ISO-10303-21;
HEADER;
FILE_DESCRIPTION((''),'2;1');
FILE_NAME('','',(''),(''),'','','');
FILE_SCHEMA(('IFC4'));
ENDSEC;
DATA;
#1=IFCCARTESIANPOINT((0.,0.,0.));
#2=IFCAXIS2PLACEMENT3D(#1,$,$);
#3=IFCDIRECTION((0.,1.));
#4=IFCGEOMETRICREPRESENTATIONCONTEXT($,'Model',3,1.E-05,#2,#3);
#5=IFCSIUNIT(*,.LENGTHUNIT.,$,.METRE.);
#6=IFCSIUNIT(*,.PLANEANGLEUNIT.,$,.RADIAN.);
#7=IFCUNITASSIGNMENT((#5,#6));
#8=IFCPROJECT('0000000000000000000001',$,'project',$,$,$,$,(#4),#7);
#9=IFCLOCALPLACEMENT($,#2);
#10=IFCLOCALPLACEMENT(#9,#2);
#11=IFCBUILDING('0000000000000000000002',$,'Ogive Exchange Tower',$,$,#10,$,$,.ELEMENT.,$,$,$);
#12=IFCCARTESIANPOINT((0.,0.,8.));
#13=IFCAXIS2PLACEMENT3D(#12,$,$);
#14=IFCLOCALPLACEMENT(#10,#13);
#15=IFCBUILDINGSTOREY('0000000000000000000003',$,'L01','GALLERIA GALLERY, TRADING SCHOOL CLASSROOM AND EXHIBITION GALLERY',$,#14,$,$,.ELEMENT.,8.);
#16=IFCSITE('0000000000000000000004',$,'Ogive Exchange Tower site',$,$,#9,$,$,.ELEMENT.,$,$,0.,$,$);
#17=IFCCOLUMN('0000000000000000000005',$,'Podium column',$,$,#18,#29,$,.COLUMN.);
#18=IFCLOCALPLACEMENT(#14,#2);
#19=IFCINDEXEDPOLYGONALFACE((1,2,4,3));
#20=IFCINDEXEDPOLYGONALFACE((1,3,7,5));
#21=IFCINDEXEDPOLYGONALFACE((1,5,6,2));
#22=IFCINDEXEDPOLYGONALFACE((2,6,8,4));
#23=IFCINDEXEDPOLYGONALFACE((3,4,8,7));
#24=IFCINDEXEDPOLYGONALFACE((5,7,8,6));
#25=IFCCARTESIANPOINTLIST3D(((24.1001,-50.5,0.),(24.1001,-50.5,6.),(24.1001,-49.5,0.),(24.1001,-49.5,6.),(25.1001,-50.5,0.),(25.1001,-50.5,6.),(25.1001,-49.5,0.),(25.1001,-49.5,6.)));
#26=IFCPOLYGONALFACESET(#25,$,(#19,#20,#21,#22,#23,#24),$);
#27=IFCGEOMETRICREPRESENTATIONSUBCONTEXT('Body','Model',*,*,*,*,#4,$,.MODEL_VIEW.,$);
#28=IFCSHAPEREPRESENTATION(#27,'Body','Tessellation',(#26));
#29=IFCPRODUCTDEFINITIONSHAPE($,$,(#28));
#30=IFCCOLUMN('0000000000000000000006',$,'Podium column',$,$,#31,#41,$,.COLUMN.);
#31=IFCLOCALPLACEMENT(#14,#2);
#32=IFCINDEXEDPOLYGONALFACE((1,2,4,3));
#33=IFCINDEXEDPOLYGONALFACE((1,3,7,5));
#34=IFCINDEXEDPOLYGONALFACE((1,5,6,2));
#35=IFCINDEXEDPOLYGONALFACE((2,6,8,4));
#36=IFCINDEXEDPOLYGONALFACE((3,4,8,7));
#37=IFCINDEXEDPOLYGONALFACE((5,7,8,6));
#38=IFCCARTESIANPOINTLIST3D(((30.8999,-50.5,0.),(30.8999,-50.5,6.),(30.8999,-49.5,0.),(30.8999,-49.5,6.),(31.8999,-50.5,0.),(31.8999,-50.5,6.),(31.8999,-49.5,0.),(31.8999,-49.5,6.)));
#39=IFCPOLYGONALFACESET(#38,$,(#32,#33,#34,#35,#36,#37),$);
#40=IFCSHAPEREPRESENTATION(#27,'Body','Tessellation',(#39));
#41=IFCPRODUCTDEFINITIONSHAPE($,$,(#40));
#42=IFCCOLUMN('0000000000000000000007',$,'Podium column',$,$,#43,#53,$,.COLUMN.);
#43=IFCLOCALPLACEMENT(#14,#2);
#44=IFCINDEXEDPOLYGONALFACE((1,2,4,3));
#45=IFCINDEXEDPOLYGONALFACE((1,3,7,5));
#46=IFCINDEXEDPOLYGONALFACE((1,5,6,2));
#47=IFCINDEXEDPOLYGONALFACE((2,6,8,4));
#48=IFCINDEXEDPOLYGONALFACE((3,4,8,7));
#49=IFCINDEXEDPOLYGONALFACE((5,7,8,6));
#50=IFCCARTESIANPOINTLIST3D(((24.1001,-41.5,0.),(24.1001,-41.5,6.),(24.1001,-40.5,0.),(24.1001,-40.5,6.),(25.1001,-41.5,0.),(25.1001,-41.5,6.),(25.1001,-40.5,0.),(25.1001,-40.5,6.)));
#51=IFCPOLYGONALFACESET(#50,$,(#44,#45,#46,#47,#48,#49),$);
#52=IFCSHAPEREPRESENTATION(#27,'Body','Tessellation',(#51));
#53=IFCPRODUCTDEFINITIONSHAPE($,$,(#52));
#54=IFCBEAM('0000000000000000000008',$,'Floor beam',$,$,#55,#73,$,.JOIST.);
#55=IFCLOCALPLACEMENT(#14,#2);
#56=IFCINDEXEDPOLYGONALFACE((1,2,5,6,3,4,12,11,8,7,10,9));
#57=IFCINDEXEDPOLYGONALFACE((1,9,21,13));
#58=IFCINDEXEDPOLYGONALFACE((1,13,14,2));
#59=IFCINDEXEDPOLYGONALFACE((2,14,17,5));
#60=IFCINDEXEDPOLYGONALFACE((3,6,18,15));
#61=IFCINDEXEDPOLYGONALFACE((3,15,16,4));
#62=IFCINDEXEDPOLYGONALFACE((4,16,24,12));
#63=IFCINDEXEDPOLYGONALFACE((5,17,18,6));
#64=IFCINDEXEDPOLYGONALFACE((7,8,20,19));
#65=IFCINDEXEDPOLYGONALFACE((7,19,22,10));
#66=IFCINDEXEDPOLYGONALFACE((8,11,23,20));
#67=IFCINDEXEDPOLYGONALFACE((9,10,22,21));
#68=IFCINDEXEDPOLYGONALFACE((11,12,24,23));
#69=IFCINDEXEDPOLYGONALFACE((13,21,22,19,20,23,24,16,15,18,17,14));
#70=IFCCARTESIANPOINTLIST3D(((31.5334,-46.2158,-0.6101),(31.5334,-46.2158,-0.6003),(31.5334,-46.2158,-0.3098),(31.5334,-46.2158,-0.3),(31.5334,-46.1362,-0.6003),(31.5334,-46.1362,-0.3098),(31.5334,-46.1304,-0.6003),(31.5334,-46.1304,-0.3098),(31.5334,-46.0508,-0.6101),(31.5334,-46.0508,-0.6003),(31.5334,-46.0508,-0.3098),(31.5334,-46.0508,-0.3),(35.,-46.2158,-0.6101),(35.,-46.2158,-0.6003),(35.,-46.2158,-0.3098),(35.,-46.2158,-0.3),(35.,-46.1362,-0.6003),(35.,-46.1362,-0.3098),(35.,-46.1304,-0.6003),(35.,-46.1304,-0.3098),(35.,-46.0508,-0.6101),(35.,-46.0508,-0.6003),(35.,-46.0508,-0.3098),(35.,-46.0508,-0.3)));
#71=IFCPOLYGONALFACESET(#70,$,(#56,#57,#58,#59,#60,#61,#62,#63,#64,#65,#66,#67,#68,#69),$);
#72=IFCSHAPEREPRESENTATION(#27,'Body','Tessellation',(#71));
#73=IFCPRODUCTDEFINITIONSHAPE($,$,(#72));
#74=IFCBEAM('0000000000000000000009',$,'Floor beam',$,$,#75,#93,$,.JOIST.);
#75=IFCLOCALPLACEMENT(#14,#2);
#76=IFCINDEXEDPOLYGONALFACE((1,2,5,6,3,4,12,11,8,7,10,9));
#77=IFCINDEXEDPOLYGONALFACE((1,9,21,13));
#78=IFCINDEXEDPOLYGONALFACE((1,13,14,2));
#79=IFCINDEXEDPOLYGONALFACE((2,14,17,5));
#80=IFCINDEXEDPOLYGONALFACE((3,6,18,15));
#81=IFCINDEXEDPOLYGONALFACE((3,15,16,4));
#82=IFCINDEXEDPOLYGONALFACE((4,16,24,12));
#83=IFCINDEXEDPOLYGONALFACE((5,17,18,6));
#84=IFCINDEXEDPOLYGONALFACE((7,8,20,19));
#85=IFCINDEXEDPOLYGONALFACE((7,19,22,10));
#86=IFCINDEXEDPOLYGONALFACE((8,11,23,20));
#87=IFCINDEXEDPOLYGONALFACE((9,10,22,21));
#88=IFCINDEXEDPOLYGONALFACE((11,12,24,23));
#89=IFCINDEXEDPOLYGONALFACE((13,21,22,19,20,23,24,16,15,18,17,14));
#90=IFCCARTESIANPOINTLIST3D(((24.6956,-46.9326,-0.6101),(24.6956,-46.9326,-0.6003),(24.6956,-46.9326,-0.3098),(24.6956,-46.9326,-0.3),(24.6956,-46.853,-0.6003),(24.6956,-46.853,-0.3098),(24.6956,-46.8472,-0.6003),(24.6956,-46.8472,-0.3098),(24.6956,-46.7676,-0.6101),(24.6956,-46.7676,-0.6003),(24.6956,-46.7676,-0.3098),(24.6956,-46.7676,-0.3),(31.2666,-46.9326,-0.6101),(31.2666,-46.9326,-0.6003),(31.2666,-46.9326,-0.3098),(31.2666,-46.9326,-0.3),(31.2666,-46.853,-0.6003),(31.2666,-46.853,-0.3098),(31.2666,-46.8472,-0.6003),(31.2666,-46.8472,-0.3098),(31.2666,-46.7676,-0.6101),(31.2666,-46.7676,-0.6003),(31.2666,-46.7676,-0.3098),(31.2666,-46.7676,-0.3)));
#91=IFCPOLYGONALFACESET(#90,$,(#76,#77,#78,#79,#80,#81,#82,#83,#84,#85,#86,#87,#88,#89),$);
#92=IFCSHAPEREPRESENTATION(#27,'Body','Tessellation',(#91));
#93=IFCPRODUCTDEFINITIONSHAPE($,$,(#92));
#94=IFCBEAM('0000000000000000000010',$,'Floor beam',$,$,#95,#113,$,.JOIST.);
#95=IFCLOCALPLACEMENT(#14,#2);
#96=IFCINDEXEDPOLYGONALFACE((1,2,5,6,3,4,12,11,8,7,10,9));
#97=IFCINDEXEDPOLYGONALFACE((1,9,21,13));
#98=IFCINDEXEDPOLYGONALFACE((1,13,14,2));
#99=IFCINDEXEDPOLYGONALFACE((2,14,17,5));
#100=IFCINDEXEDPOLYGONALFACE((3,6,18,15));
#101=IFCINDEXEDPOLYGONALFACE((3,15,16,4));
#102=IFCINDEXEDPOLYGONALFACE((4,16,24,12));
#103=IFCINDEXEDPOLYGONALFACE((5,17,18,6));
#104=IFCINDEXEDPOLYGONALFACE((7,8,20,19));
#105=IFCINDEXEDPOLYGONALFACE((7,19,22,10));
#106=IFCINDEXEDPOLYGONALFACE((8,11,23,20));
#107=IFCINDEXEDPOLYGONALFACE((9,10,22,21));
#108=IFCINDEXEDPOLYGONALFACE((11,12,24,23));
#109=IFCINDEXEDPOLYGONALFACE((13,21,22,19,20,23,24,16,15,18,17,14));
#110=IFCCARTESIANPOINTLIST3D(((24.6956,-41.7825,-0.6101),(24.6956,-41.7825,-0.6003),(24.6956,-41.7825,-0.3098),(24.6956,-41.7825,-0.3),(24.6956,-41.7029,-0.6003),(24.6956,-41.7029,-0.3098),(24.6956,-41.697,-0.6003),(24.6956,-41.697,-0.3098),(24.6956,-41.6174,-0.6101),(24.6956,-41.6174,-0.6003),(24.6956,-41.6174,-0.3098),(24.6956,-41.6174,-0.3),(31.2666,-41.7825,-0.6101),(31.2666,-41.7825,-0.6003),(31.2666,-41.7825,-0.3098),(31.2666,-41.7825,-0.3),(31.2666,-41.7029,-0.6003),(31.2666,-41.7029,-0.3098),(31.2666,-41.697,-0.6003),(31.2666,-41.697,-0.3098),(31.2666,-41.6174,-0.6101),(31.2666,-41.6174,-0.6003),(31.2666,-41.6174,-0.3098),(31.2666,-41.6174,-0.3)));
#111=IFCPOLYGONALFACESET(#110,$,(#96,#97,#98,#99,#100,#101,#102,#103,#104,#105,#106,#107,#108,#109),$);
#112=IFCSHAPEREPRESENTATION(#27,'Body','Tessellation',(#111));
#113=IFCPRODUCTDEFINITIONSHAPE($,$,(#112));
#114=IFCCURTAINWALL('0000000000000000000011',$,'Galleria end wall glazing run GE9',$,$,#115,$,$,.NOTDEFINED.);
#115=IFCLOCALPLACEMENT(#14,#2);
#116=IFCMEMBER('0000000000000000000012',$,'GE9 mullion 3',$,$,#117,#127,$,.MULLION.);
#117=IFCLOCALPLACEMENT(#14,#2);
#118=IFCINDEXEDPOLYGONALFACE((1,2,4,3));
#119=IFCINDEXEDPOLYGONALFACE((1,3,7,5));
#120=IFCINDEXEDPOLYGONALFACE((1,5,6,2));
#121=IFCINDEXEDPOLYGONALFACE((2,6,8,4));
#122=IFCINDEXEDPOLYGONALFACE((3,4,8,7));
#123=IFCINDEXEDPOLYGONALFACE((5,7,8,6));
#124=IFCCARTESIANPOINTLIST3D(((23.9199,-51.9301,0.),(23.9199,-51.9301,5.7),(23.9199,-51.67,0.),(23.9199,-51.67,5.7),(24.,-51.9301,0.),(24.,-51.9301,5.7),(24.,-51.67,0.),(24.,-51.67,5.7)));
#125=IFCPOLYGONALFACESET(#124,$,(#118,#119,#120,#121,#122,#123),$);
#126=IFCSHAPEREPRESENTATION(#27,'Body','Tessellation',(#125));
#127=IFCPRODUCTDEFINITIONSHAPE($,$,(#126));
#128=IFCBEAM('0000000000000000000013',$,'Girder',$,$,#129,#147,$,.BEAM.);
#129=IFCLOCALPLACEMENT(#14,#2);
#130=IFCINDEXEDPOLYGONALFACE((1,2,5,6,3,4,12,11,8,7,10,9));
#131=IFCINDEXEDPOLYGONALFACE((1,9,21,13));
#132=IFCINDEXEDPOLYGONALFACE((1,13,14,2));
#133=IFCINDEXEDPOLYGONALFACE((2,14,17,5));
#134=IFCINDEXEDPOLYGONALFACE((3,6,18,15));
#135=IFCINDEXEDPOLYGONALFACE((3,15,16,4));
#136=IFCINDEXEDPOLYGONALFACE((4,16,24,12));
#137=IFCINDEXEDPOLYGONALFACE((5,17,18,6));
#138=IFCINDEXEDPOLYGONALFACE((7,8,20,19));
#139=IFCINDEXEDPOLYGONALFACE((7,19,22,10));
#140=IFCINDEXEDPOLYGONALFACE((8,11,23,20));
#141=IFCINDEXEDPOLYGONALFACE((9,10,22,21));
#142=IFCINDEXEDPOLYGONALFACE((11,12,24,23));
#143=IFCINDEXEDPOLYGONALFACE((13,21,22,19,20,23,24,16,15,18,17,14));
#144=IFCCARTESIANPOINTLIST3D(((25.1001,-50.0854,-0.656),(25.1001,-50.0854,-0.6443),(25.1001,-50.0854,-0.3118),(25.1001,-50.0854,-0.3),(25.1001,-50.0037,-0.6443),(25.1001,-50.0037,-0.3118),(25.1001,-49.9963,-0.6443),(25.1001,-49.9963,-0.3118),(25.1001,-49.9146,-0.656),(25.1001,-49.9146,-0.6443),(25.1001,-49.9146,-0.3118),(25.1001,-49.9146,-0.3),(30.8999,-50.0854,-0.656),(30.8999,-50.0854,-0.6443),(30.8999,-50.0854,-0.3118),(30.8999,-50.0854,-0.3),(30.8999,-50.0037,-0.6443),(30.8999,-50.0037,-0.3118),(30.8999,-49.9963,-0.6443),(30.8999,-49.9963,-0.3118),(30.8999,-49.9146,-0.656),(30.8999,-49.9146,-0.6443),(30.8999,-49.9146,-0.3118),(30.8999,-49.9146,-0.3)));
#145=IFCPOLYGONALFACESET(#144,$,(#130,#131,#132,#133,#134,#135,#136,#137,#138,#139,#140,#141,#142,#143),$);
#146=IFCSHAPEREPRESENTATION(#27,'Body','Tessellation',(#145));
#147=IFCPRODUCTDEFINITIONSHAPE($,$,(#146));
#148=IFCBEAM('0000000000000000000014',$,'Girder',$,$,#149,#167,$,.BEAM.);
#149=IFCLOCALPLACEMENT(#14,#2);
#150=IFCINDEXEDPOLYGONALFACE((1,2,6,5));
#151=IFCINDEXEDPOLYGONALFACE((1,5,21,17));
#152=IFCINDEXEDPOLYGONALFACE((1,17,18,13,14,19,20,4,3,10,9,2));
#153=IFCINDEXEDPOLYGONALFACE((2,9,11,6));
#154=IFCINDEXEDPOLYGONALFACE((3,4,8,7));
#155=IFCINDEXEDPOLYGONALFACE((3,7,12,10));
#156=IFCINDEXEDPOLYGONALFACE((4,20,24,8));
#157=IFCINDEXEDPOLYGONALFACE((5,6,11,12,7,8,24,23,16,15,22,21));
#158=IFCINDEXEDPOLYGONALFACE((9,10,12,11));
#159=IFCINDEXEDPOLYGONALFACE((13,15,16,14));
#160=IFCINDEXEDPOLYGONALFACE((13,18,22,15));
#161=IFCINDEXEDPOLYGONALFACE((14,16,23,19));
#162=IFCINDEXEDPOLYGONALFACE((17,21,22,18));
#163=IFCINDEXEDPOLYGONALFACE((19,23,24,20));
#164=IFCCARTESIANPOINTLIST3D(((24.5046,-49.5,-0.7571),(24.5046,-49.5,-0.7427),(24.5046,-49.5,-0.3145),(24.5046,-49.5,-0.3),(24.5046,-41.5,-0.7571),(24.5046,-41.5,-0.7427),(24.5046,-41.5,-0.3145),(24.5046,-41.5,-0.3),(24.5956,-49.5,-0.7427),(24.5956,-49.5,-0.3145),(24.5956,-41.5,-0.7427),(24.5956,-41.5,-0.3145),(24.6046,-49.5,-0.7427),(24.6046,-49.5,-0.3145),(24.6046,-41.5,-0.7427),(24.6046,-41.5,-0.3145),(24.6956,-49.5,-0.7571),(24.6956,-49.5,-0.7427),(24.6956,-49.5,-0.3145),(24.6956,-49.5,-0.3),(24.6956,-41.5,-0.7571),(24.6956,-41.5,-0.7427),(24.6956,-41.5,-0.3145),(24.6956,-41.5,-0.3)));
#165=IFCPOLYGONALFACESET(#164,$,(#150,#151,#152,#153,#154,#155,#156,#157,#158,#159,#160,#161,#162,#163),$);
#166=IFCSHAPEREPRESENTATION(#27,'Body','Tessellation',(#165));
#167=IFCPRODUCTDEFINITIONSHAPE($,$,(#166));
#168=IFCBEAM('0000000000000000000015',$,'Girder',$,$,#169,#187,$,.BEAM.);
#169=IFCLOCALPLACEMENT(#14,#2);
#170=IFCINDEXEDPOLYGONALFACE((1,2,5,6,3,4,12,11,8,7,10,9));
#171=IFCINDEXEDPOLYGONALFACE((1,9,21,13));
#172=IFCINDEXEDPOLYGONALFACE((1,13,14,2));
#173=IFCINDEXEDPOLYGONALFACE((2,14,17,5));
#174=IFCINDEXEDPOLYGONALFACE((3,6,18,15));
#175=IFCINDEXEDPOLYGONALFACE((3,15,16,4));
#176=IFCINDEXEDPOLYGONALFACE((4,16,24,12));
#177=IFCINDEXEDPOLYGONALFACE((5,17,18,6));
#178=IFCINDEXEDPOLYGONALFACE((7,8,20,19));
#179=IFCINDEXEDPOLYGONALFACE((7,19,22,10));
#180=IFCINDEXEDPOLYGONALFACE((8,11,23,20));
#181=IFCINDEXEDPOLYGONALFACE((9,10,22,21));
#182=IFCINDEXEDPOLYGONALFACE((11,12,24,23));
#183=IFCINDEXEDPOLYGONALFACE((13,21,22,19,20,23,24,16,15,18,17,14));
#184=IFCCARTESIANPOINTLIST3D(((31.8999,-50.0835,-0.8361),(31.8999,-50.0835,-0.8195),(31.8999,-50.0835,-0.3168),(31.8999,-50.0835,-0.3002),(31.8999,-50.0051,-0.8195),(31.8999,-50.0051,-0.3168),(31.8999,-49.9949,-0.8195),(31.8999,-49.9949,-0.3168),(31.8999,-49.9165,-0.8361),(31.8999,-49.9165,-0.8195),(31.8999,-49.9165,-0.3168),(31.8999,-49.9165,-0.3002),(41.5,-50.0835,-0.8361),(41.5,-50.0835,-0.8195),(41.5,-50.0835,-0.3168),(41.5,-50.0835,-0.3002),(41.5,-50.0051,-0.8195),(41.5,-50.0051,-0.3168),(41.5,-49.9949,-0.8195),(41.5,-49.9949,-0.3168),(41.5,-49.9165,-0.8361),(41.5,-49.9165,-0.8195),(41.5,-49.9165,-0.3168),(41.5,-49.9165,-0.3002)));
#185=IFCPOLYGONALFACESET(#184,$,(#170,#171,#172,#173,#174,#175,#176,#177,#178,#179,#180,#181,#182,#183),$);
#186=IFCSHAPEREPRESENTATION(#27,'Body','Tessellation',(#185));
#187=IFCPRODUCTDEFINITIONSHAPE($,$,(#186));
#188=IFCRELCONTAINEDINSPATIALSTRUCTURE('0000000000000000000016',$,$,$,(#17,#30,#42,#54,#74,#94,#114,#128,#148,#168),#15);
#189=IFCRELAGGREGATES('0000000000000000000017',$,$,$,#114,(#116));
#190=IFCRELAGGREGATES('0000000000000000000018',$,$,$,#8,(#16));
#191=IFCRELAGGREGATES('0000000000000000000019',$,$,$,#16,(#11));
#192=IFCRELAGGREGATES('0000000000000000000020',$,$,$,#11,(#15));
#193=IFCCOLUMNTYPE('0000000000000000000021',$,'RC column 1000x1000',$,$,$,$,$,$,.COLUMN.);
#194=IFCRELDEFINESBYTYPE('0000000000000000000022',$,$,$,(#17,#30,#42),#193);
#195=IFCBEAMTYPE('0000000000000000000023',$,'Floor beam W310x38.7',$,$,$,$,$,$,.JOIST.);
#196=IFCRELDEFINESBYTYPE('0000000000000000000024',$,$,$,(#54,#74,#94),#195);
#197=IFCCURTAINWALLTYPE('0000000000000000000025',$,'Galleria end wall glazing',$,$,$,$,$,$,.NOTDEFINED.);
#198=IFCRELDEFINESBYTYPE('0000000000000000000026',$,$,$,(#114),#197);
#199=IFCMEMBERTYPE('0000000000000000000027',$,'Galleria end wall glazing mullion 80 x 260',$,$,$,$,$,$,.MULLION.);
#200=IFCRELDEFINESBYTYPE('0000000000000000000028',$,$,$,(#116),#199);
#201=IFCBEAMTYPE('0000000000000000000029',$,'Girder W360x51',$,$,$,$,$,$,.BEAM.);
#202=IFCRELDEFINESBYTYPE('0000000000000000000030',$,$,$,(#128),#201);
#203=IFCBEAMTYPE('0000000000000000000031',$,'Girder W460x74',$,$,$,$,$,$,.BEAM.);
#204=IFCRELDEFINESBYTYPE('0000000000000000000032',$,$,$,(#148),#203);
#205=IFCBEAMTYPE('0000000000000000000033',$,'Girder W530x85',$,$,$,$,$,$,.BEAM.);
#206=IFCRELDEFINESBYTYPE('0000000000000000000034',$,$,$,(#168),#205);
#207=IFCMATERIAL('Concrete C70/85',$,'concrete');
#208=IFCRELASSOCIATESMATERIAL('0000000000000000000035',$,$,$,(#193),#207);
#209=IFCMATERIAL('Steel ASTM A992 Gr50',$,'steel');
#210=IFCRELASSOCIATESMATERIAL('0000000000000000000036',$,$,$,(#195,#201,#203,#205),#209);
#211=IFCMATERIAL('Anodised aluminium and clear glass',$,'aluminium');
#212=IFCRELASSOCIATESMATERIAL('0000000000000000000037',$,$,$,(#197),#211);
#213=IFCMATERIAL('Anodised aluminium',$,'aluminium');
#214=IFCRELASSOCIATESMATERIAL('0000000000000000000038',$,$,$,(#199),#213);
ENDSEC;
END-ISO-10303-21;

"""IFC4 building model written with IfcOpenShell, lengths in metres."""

from ifc_helpers import new_model, si_unit, direction, frame, origin, origin_2d, place, context, subcontext, project, spatial, rectangle, i_section, extrude, material, material_profile, profile_set, type_object, element, aggregate, save


model = new_model("IFC4")

# Units and contexts
model_context = context("Model", 3, precision=1e-05, world=origin(), true_north=direction((0.0, 1.0)))
body_context = subcontext(model_context, "Body", "Model", "MODEL_VIEW")
ifc_project = project(units=[si_unit("LENGTHUNIT", "METRE"), si_unit("PLANEANGLEUNIT", "RADIAN")], contexts=[model_context])

# Site, building, storey
site_placement = place(None, origin())
site = spatial("IfcSite", under=ifc_project, at=site_placement, Name="Ogive Exchange Tower site", CompositionType="ELEMENT", RefElevation=0.0)
building_placement = place(site_placement, origin())
building = spatial("IfcBuilding", under=site, at=building_placement, Name="Ogive Exchange Tower", CompositionType="ELEMENT")
storey_placement = place(building_placement, frame((0.0, 0.0, 8.0)))
storey = spatial("IfcBuildingStorey", under=building, at=storey_placement, Name="L01", Description="GALLERIA GALLERY, TRADING SCHOOL CLASSROOM AND EXHIBITION GALLERY", CompositionType="ELEMENT", Elevation=8.0)

# Columns
ifc_material_1 = material(Name="Concrete C70/85", Category="concrete")
ifc_material_profile_1 = material_profile(ifc_material_1, rectangle(XDim=1.0, YDim=1.0, at=origin_2d()), Name="RC 1000x1000")
ifc_profile_set_1 = profile_set([ifc_material_profile_1], Name="Concrete C70/85")
column_type = type_object("IfcColumnType", Name="RC column 1000x1000", PredefinedType="COLUMN", material=ifc_profile_set_1)
for number, where, z_axis, x_axis, name in (
    (1, (24.6001, -50.0, 0.0), (0.0, 0.0, 1.0), (1.0, 0.0, 0.0), "Podium column"),
    (2, (31.3999, -50.0, 0.0), (0.0, 0.0, 1.0), (1.0, 0.0, 0.0), "Podium column"),
    (3, (24.6001, -41.0, 0.0), (0.0, 0.0, 1.0), (1.0, 0.0, 0.0), "Podium column"),
):
    element("IfcColumn", number, at=place(storey_placement, frame(where, z_axis=z_axis, x_axis=x_axis)), inside=storey, type_object=column_type, Name=name, PredefinedType="COLUMN", context=body_context, shape_type="SweptSolid", body=[
        extrude(rectangle(XDim=1.0, YDim=1.0, at=origin_2d()), origin(), (0.0, 0.0, 1.0), 6.0),
    ])

# Beams
ifc_material_2 = material(Name="Steel ASTM A992 Gr50", Category="steel")
ifc_material_profile_2 = material_profile(ifc_material_2, i_section(OverallWidth=0.165, OverallDepth=0.3101, WebThickness=0.0059, FlangeThickness=0.0098, at=origin_2d()), Name="W310x38.7")
ifc_profile_set_2 = profile_set([ifc_material_profile_2], Name="Steel ASTM A992 Gr50")
beam_type_1 = type_object("IfcBeamType", Name="Floor beam W310x38.7", PredefinedType="JOIST", material=ifc_profile_set_2)
beam_1_placement = place(storey_placement, frame((31.5334, -46.1333, -0.4551), z_axis=(1.0, 0.0, 0.0), x_axis=(0.0, 1.0, 0.0)))
element("IfcBeam", 4, at=beam_1_placement, inside=storey, type_object=beam_type_1, Name="Floor beam", PredefinedType="JOIST", context=body_context, shape_type="SweptSolid", body=[
    extrude(i_section(OverallWidth=0.165, OverallDepth=0.3101, WebThickness=0.0059, FlangeThickness=0.0098, at=origin_2d()), origin(), (0.0, 0.0, 1.0), 3.4666),
])
for number, where, z_axis, x_axis, name in (
    (5, (24.6956, -46.8501, -0.4551), (1.0, 0.0, 0.0), (0.0, 1.0, 0.0), "Floor beam"),
    (6, (24.6956, -41.7, -0.4551), (1.0, 0.0, 0.0), (0.0, 1.0, 0.0), "Floor beam"),
):
    element("IfcBeam", number, at=place(storey_placement, frame(where, z_axis=z_axis, x_axis=x_axis)), inside=storey, type_object=beam_type_1, Name=name, PredefinedType="JOIST", context=body_context, shape_type="SweptSolid", body=[
        extrude(i_section(OverallWidth=0.165, OverallDepth=0.3101, WebThickness=0.0059, FlangeThickness=0.0098, at=origin_2d()), origin(), (0.0, 0.0, 1.0), 6.571),
    ])

# Curtain wall, member
ifc_material_3 = material(Name="Anodised aluminium and clear glass", Category="aluminium")
curtain_wall_type = type_object("IfcCurtainWallType", Name="Galleria end wall glazing", PredefinedType="NOTDEFINED", material=ifc_material_3)
curtain_wall_placement = place(storey_placement, origin())
curtain_wall = element("IfcCurtainWall", 7, at=curtain_wall_placement, inside=storey, type_object=curtain_wall_type, Name="Galleria end wall glazing run GE9", PredefinedType="NOTDEFINED")
ifc_material_4 = material(Name="Anodised aluminium", Category="aluminium")
ifc_material_profile_3 = material_profile(ifc_material_4, rectangle(XDim=0.26, YDim=0.0801, at=origin_2d()), Name="AL 80x260")
ifc_profile_set_3 = profile_set([ifc_material_profile_3], Name="Anodised aluminium")
member_type = type_object("IfcMemberType", Name="Galleria end wall glazing mullion 80 x 260", PredefinedType="MULLION", material=ifc_profile_set_3)
member_placement = place(storey_placement, frame((23.96, -51.8, 0.0), z_axis=(0.0, 0.0, 1.0), x_axis=(0.0, 1.0, 0.0)))
member = element("IfcMember", 8, at=member_placement, type_object=member_type, Name="GE9 mullion 3", PredefinedType="MULLION", context=body_context, shape_type="SweptSolid", body=[
    extrude(rectangle(XDim=0.26, YDim=0.0801, at=origin_2d()), origin(), (0.0, 0.0, 1.0), 5.7),
])

# Beams
ifc_material_profile_4 = material_profile(ifc_material_2, i_section(OverallWidth=0.1709, OverallDepth=0.356, WebThickness=0.0073, FlangeThickness=0.0117, at=origin_2d()), Name="W360x51")
ifc_profile_set_4 = profile_set([ifc_material_profile_4], Name="Steel ASTM A992 Gr50")
beam_type_2 = type_object("IfcBeamType", Name="Girder W360x51", PredefinedType="BEAM", material=ifc_profile_set_4)
beam_2_placement = place(storey_placement, frame((25.1001, -50.0, -0.478), z_axis=(1.0, 0.0, 0.0), x_axis=(0.0, 1.0, 0.0)))
element("IfcBeam", 9, at=beam_2_placement, inside=storey, type_object=beam_type_2, Name="Girder", PredefinedType="BEAM", context=body_context, shape_type="SweptSolid", body=[
    extrude(i_section(OverallWidth=0.1709, OverallDepth=0.356, WebThickness=0.0073, FlangeThickness=0.0117, at=origin_2d()), origin(), (0.0, 0.0, 1.0), 5.7998),
])
ifc_material_profile_5 = material_profile(ifc_material_2, i_section(OverallWidth=0.1909, OverallDepth=0.457, WebThickness=0.009, FlangeThickness=0.0144, at=origin_2d()), Name="W460x74")
ifc_profile_set_5 = profile_set([ifc_material_profile_5], Name="Steel ASTM A992 Gr50")
beam_type_3 = type_object("IfcBeamType", Name="Girder W460x74", PredefinedType="BEAM", material=ifc_profile_set_5)
beam_3_placement = place(storey_placement, frame((24.6001, -49.5, -0.5286), z_axis=(0.0, 1.0, 0.0), x_axis=(-1.0, 0.0, 0.0)))
element("IfcBeam", 10, at=beam_3_placement, inside=storey, type_object=beam_type_3, Name="Girder", PredefinedType="BEAM", context=body_context, shape_type="SweptSolid", body=[
    extrude(i_section(OverallWidth=0.1909, OverallDepth=0.457, WebThickness=0.009, FlangeThickness=0.0144, at=origin_2d()), origin(), (0.0, 0.0, 1.0), 8.0),
])
ifc_material_profile_6 = material_profile(ifc_material_2, i_section(OverallWidth=0.167, OverallDepth=0.5359, WebThickness=0.0103, FlangeThickness=0.0166, at=origin_2d()), Name="W530x85")
ifc_profile_set_6 = profile_set([ifc_material_profile_6], Name="Steel ASTM A992 Gr50")
beam_type_4 = type_object("IfcBeamType", Name="Girder W530x85", PredefinedType="BEAM", material=ifc_profile_set_6)
beam_4_placement = place(storey_placement, frame((31.8999, -50.0, -0.5681), z_axis=(1.0, 0.0, 0.0), x_axis=(0.0, 1.0, 0.0)))
element("IfcBeam", 11, at=beam_4_placement, inside=storey, type_object=beam_type_4, Name="Girder", PredefinedType="BEAM", context=body_context, shape_type="SweptSolid", body=[
    extrude(i_section(OverallWidth=0.167, OverallDepth=0.5359, WebThickness=0.0103, FlangeThickness=0.0166, at=origin_2d()), origin(), (0.0, 0.0, 1.0), 9.6001),
])

aggregate(curtain_wall, [member])

save(model, "model.ifc")
